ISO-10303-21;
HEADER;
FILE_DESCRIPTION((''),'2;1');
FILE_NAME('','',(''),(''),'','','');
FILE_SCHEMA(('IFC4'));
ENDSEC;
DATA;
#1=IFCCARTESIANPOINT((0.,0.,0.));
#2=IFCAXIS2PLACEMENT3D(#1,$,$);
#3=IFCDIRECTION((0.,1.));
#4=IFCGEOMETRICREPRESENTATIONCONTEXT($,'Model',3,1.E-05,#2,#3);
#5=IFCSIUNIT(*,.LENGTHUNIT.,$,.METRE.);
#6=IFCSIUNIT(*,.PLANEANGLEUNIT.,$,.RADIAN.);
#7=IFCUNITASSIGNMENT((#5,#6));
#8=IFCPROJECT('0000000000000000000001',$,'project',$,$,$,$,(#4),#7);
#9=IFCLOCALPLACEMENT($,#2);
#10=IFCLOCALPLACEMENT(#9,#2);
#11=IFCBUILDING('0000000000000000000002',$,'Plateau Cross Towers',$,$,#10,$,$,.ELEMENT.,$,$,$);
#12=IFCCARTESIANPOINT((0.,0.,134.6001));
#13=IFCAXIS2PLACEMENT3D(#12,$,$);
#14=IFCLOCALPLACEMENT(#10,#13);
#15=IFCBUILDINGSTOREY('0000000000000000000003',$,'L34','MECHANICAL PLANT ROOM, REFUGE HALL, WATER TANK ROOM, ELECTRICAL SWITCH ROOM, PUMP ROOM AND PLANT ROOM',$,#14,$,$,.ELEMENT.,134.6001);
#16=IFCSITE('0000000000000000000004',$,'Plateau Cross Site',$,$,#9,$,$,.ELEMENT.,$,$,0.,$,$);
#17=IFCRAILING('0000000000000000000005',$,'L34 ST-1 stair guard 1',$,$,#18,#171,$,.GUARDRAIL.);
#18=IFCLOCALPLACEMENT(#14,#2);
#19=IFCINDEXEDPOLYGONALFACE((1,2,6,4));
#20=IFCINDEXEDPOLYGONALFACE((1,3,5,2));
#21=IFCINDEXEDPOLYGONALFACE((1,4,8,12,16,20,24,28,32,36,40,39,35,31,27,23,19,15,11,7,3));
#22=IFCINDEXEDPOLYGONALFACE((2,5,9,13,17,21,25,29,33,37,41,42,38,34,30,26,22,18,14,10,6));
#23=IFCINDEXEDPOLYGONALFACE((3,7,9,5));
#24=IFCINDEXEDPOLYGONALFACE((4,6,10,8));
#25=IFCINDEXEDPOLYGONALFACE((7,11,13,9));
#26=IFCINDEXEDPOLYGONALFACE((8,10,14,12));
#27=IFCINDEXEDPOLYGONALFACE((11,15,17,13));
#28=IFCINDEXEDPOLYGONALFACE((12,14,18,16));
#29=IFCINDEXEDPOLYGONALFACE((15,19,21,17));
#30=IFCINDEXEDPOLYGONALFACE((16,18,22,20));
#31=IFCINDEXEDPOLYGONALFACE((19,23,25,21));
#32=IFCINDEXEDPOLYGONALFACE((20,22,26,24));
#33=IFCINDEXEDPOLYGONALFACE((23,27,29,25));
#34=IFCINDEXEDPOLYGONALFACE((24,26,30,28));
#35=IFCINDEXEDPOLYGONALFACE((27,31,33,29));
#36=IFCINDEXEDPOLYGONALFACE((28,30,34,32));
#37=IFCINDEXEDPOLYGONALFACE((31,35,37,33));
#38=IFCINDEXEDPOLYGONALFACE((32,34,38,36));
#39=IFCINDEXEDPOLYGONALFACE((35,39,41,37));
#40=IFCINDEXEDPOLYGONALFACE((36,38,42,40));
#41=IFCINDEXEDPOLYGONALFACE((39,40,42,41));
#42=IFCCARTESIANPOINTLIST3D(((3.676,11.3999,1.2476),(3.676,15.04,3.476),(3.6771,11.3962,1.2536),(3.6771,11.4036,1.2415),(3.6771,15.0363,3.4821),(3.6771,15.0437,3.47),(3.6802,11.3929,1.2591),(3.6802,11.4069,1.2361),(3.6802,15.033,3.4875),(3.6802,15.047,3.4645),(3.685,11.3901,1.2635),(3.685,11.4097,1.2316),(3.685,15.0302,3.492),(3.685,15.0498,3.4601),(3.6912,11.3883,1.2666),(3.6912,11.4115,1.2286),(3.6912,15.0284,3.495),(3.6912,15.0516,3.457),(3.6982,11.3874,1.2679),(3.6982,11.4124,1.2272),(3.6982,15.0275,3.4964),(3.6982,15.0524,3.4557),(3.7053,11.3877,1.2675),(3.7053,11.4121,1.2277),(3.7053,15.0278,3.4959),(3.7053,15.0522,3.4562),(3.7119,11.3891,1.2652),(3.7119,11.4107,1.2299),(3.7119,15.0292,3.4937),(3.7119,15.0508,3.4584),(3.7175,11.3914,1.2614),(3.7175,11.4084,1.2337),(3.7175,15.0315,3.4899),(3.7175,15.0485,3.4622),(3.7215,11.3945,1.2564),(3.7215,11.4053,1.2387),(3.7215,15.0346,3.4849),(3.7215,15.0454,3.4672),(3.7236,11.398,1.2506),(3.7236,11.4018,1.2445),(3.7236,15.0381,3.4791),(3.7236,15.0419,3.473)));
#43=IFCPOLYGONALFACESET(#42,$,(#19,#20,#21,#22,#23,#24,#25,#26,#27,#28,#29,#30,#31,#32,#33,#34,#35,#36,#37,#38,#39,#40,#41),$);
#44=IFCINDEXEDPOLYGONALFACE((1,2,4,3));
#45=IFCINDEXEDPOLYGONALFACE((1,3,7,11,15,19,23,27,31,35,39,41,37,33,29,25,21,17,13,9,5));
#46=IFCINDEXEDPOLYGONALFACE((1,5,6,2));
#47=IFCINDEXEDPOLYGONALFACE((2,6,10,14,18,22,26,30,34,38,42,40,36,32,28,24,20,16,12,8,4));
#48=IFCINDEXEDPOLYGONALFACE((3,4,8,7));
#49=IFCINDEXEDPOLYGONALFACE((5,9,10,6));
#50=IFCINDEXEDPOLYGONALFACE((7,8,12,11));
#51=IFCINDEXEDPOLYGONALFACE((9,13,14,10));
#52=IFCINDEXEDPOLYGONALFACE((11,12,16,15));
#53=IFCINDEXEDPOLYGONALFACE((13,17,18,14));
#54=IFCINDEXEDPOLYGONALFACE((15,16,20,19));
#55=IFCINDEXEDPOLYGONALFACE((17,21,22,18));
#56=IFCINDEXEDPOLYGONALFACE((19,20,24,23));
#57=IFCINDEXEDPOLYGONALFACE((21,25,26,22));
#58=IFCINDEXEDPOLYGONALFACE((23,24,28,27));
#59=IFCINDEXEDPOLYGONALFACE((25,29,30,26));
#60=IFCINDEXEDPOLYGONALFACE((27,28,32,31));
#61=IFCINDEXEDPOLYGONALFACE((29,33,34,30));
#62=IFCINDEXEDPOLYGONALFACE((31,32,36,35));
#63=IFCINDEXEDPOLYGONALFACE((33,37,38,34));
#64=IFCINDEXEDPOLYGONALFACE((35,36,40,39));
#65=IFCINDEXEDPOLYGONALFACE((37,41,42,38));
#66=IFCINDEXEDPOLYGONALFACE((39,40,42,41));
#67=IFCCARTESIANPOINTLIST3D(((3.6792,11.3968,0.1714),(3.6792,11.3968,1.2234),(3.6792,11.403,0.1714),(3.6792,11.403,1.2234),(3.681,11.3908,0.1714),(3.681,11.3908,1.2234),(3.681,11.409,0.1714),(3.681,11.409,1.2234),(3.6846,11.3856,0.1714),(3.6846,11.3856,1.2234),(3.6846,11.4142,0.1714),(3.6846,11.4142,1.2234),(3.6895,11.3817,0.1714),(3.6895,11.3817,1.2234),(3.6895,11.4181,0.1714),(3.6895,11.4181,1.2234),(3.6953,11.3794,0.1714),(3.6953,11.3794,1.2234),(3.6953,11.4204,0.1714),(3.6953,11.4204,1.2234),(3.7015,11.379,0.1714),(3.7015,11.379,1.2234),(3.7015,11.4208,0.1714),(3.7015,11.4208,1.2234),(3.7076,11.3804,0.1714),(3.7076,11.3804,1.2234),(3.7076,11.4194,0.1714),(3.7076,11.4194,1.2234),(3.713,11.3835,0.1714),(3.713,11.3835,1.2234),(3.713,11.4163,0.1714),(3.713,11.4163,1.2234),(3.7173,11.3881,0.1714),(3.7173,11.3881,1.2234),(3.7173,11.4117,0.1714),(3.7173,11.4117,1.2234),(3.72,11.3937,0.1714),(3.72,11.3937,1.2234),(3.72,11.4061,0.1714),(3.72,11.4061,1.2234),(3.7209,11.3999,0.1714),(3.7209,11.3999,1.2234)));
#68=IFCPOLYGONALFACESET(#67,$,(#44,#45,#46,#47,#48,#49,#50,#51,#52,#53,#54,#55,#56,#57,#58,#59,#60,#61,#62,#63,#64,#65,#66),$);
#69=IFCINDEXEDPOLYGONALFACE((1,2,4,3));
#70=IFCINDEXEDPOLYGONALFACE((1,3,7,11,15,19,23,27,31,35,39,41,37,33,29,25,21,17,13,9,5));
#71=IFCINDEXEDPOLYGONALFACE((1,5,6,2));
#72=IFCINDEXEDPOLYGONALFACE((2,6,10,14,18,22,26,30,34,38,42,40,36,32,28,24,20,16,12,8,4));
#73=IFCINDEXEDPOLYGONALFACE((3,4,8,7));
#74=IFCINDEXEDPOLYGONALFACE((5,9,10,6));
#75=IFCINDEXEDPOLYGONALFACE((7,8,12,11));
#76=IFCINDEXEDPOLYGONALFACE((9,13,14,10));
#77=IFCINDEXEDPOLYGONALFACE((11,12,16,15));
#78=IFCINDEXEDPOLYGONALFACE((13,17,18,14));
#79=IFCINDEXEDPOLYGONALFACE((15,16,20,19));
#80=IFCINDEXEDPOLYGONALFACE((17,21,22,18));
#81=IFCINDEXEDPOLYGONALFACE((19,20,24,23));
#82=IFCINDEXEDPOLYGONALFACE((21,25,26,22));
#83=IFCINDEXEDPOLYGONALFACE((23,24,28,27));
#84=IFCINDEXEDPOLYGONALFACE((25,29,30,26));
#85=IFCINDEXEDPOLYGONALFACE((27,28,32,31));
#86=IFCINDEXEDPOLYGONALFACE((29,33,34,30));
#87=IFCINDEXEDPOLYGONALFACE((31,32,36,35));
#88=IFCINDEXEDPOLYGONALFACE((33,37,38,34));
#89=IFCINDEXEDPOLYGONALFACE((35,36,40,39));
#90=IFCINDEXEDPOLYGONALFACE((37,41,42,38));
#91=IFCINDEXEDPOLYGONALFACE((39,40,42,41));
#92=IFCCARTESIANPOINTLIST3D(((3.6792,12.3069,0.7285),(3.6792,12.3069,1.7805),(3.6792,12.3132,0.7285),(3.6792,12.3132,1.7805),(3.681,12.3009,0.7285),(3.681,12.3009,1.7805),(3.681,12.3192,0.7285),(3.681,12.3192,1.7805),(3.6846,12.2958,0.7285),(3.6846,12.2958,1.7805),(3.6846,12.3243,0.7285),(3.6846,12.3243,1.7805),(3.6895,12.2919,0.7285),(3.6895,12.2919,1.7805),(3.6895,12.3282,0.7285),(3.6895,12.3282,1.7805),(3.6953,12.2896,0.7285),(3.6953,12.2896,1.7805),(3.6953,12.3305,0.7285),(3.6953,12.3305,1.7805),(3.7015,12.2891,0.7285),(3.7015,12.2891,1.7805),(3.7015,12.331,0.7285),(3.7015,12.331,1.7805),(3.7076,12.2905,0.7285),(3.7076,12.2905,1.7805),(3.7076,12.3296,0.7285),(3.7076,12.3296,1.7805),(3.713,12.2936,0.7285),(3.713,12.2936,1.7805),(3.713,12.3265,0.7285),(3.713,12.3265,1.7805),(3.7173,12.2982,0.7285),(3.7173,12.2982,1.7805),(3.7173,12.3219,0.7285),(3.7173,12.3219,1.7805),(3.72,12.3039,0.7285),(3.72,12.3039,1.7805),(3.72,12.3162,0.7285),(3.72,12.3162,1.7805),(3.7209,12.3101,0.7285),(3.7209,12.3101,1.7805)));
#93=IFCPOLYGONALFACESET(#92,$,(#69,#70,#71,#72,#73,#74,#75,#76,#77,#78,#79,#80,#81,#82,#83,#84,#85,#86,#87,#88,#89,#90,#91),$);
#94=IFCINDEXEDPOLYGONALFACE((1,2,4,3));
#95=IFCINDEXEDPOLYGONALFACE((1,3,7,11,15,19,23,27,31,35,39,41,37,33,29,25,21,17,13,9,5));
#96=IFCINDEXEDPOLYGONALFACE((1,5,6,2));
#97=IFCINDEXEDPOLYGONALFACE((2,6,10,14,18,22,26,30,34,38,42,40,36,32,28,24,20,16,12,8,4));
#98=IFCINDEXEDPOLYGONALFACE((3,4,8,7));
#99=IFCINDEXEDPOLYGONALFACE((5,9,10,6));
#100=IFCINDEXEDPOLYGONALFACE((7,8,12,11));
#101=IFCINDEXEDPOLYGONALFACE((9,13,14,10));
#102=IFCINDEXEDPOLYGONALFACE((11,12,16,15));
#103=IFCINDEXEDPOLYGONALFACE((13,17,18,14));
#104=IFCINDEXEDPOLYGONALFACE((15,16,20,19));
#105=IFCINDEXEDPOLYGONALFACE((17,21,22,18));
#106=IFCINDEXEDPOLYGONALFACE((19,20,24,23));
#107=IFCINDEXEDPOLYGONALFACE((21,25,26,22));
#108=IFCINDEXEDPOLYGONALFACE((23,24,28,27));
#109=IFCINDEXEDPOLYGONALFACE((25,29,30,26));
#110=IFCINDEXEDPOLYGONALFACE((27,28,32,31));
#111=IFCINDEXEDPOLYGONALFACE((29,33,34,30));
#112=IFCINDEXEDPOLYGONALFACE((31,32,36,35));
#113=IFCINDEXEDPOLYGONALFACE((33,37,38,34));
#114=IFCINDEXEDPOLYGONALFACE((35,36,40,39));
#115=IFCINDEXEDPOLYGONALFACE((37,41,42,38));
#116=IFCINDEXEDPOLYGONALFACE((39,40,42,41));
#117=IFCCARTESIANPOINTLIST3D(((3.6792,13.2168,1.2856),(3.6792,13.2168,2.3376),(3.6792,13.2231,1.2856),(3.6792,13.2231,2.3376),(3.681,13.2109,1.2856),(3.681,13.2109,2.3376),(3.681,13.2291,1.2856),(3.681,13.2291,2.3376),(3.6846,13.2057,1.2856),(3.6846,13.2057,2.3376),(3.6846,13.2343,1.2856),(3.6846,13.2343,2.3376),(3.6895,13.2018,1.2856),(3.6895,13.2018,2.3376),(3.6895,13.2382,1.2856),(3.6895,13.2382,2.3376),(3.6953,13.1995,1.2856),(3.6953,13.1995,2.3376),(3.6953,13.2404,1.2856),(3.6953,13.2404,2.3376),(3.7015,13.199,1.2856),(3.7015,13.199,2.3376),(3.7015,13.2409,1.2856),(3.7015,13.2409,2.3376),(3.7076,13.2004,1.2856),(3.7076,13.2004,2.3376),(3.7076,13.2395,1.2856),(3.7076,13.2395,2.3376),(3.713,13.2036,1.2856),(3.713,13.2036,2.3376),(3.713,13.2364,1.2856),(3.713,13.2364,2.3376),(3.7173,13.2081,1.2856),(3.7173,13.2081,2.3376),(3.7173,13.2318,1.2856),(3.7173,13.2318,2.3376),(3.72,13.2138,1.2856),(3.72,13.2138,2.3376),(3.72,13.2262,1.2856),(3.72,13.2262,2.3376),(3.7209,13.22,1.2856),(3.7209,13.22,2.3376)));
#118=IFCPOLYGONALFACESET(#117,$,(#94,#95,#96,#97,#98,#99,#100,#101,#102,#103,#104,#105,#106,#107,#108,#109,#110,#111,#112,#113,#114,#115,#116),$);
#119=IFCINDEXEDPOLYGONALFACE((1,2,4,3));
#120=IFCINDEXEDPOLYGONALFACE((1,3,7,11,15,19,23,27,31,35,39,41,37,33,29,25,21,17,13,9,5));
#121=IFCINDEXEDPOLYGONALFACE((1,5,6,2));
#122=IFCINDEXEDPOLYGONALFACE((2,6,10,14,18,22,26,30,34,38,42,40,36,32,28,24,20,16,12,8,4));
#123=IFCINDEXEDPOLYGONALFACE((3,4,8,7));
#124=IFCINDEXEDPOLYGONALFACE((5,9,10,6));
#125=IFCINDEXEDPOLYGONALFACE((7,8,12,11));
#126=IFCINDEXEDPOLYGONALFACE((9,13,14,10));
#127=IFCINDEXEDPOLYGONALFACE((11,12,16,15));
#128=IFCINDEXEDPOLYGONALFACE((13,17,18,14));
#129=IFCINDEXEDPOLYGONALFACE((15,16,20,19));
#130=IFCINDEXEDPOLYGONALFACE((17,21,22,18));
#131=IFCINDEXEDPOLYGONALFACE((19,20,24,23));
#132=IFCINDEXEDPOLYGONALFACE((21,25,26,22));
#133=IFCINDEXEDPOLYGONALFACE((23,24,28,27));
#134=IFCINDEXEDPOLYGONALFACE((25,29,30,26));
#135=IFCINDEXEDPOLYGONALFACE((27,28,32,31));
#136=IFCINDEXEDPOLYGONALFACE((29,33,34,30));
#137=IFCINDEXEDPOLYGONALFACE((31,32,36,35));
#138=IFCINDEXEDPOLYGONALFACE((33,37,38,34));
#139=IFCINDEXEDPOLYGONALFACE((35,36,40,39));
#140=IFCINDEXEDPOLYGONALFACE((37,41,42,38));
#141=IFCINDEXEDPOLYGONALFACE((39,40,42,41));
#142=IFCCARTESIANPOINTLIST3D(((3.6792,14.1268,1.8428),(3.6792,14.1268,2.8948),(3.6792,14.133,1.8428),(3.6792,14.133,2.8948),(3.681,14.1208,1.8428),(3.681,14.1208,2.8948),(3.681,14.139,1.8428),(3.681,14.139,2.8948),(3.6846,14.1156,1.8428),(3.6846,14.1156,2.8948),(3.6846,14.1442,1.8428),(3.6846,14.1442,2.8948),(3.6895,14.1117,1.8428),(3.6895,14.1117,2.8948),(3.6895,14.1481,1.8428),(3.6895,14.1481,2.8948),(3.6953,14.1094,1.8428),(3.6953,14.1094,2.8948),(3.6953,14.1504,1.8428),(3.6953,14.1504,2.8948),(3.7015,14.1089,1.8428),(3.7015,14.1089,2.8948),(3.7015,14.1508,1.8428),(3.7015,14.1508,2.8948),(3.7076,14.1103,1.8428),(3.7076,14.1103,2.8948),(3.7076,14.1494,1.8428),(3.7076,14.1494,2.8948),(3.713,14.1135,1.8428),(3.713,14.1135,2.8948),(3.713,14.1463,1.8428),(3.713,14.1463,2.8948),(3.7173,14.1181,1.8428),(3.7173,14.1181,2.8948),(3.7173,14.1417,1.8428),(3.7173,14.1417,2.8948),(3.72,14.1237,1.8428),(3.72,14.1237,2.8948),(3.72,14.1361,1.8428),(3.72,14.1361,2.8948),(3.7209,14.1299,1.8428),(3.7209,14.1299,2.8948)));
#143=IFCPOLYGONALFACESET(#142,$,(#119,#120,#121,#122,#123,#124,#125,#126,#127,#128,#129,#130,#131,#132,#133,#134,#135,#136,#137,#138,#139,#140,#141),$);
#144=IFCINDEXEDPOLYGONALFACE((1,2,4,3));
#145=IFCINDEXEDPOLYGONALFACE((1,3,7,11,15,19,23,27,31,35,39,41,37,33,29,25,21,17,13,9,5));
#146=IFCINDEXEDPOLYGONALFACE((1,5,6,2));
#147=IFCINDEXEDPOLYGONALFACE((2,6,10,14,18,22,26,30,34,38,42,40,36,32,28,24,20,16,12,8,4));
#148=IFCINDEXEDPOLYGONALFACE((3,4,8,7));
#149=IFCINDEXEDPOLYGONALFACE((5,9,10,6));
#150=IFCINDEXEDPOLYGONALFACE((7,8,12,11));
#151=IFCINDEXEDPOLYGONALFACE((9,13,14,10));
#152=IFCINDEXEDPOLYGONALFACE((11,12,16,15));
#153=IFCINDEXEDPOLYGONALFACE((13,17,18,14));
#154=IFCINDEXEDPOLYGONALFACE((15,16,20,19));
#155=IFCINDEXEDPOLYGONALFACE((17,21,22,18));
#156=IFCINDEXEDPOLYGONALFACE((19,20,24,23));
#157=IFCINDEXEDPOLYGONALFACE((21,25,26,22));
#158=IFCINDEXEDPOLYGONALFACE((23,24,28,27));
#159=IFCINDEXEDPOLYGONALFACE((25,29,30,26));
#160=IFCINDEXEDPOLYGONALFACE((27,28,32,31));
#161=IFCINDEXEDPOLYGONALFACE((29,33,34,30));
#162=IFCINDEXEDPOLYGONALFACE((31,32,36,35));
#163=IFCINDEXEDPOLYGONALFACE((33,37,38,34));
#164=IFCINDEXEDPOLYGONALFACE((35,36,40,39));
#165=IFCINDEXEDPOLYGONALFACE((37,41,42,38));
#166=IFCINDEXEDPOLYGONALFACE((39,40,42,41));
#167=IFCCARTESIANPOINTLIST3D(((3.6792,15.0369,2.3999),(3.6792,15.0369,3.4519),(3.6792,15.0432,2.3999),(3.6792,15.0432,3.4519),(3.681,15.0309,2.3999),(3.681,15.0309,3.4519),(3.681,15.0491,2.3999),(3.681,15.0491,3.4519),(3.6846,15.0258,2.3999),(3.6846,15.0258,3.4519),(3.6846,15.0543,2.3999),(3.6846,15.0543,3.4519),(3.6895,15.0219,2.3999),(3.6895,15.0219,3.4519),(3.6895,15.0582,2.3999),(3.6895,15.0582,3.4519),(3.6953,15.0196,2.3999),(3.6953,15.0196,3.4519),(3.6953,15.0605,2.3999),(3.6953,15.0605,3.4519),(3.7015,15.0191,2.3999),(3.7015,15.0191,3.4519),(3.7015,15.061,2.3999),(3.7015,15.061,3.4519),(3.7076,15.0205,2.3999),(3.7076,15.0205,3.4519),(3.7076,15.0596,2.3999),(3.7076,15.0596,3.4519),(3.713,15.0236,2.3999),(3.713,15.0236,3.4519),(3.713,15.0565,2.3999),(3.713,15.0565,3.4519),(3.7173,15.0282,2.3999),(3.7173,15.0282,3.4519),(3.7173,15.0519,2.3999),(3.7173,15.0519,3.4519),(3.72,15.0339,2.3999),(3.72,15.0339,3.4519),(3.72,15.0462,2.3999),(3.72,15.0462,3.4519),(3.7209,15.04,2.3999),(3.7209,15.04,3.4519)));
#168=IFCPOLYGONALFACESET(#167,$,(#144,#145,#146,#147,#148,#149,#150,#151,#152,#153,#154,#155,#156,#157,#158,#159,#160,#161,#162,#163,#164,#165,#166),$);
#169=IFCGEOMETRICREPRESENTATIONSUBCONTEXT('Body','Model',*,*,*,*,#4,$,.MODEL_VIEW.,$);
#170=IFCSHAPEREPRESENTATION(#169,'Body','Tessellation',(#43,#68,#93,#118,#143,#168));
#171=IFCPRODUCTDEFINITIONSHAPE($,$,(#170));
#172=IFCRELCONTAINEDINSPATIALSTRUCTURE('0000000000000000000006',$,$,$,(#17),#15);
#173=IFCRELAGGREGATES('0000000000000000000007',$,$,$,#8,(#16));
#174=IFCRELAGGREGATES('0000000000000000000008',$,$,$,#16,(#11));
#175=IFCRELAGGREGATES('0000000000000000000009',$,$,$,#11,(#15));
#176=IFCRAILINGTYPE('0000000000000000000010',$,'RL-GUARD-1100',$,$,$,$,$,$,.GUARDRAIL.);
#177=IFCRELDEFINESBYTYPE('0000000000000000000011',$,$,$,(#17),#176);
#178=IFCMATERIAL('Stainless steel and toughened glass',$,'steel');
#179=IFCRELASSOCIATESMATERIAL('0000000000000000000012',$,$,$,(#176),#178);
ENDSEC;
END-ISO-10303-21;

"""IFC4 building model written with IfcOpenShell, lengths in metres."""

from ifc_helpers import new_model, si_unit, direction, frame, origin, origin_2d, place, context, subcontext, project, spatial, circle, extrude, material, type_object, element, save


model = new_model("IFC4")

# Units and contexts
model_context = context("Model", 3, precision=1e-05, world=origin(), true_north=direction((0.0, 1.0)))
body_context = subcontext(model_context, "Body", "Model", "MODEL_VIEW")
ifc_project = project(units=[si_unit("LENGTHUNIT", "METRE"), si_unit("PLANEANGLEUNIT", "RADIAN")], contexts=[model_context])

# Site, building, storey
site_placement = place(None, origin())
site = spatial("IfcSite", under=ifc_project, at=site_placement, Name="Plateau Cross Site", CompositionType="ELEMENT", RefElevation=0.0)
building_placement = place(site_placement, origin())
building = spatial("IfcBuilding", under=site, at=building_placement, Name="Plateau Cross Towers", CompositionType="ELEMENT")
storey_placement = place(building_placement, frame((0.0, 0.0, 134.6001)))
storey = spatial("IfcBuildingStorey", under=building, at=storey_placement, Name="L34", Description="MECHANICAL PLANT ROOM, REFUGE HALL, WATER TANK ROOM, ELECTRICAL SWITCH ROOM, PUMP ROOM AND PLANT ROOM", CompositionType="ELEMENT", Elevation=134.6001)

# Railing
ifc_material_1 = material(Name="Stainless steel and toughened glass", Category="steel")
railing_type_1 = type_object("IfcRailingType", Name="RL-GUARD-1100", PredefinedType="GUARDRAIL", material=ifc_material_1)
railing_1_placement = place(storey_placement, frame((3.7, 11.3999, 0.1714)))
element("IfcRailing", 1, at=railing_1_placement, inside=storey, type_object=railing_type_1, Name="L34 ST-1 stair guard 1", PredefinedType="GUARDRAIL", context=body_context, shape_type="SweptSolid", body=[
    extrude(circle(Radius=0.0239, at=origin_2d()), frame((0.0, 0.0, 1.0762), z_axis=(0.0, 0.852866, 0.52213), x_axis=(-1.0, 0.0, 0.0)), (0.0, 0.0, 1.0), 4.2681),
    extrude(circle(Radius=0.021, at=origin_2d()), origin(), (0.0, 0.0, 1.0), 1.052),
    extrude(circle(Radius=0.021, at=origin_2d()), frame((0.0, 0.9102, 0.5571)), (0.0, 0.0, 1.0), 1.052),
    extrude(circle(Radius=0.021, at=origin_2d()), frame((0.0, 1.8201, 1.1143)), (0.0, 0.0, 1.0), 1.052),
    extrude(circle(Radius=0.021, at=origin_2d()), frame((0.0, 2.73, 1.6714)), (0.0, 0.0, 1.0), 1.052),
    extrude(circle(Radius=0.021, at=origin_2d()), frame((0.0, 3.6401, 2.2285)), (0.0, 0.0, 1.0), 1.052),
])

save(model, "model.ifc")
